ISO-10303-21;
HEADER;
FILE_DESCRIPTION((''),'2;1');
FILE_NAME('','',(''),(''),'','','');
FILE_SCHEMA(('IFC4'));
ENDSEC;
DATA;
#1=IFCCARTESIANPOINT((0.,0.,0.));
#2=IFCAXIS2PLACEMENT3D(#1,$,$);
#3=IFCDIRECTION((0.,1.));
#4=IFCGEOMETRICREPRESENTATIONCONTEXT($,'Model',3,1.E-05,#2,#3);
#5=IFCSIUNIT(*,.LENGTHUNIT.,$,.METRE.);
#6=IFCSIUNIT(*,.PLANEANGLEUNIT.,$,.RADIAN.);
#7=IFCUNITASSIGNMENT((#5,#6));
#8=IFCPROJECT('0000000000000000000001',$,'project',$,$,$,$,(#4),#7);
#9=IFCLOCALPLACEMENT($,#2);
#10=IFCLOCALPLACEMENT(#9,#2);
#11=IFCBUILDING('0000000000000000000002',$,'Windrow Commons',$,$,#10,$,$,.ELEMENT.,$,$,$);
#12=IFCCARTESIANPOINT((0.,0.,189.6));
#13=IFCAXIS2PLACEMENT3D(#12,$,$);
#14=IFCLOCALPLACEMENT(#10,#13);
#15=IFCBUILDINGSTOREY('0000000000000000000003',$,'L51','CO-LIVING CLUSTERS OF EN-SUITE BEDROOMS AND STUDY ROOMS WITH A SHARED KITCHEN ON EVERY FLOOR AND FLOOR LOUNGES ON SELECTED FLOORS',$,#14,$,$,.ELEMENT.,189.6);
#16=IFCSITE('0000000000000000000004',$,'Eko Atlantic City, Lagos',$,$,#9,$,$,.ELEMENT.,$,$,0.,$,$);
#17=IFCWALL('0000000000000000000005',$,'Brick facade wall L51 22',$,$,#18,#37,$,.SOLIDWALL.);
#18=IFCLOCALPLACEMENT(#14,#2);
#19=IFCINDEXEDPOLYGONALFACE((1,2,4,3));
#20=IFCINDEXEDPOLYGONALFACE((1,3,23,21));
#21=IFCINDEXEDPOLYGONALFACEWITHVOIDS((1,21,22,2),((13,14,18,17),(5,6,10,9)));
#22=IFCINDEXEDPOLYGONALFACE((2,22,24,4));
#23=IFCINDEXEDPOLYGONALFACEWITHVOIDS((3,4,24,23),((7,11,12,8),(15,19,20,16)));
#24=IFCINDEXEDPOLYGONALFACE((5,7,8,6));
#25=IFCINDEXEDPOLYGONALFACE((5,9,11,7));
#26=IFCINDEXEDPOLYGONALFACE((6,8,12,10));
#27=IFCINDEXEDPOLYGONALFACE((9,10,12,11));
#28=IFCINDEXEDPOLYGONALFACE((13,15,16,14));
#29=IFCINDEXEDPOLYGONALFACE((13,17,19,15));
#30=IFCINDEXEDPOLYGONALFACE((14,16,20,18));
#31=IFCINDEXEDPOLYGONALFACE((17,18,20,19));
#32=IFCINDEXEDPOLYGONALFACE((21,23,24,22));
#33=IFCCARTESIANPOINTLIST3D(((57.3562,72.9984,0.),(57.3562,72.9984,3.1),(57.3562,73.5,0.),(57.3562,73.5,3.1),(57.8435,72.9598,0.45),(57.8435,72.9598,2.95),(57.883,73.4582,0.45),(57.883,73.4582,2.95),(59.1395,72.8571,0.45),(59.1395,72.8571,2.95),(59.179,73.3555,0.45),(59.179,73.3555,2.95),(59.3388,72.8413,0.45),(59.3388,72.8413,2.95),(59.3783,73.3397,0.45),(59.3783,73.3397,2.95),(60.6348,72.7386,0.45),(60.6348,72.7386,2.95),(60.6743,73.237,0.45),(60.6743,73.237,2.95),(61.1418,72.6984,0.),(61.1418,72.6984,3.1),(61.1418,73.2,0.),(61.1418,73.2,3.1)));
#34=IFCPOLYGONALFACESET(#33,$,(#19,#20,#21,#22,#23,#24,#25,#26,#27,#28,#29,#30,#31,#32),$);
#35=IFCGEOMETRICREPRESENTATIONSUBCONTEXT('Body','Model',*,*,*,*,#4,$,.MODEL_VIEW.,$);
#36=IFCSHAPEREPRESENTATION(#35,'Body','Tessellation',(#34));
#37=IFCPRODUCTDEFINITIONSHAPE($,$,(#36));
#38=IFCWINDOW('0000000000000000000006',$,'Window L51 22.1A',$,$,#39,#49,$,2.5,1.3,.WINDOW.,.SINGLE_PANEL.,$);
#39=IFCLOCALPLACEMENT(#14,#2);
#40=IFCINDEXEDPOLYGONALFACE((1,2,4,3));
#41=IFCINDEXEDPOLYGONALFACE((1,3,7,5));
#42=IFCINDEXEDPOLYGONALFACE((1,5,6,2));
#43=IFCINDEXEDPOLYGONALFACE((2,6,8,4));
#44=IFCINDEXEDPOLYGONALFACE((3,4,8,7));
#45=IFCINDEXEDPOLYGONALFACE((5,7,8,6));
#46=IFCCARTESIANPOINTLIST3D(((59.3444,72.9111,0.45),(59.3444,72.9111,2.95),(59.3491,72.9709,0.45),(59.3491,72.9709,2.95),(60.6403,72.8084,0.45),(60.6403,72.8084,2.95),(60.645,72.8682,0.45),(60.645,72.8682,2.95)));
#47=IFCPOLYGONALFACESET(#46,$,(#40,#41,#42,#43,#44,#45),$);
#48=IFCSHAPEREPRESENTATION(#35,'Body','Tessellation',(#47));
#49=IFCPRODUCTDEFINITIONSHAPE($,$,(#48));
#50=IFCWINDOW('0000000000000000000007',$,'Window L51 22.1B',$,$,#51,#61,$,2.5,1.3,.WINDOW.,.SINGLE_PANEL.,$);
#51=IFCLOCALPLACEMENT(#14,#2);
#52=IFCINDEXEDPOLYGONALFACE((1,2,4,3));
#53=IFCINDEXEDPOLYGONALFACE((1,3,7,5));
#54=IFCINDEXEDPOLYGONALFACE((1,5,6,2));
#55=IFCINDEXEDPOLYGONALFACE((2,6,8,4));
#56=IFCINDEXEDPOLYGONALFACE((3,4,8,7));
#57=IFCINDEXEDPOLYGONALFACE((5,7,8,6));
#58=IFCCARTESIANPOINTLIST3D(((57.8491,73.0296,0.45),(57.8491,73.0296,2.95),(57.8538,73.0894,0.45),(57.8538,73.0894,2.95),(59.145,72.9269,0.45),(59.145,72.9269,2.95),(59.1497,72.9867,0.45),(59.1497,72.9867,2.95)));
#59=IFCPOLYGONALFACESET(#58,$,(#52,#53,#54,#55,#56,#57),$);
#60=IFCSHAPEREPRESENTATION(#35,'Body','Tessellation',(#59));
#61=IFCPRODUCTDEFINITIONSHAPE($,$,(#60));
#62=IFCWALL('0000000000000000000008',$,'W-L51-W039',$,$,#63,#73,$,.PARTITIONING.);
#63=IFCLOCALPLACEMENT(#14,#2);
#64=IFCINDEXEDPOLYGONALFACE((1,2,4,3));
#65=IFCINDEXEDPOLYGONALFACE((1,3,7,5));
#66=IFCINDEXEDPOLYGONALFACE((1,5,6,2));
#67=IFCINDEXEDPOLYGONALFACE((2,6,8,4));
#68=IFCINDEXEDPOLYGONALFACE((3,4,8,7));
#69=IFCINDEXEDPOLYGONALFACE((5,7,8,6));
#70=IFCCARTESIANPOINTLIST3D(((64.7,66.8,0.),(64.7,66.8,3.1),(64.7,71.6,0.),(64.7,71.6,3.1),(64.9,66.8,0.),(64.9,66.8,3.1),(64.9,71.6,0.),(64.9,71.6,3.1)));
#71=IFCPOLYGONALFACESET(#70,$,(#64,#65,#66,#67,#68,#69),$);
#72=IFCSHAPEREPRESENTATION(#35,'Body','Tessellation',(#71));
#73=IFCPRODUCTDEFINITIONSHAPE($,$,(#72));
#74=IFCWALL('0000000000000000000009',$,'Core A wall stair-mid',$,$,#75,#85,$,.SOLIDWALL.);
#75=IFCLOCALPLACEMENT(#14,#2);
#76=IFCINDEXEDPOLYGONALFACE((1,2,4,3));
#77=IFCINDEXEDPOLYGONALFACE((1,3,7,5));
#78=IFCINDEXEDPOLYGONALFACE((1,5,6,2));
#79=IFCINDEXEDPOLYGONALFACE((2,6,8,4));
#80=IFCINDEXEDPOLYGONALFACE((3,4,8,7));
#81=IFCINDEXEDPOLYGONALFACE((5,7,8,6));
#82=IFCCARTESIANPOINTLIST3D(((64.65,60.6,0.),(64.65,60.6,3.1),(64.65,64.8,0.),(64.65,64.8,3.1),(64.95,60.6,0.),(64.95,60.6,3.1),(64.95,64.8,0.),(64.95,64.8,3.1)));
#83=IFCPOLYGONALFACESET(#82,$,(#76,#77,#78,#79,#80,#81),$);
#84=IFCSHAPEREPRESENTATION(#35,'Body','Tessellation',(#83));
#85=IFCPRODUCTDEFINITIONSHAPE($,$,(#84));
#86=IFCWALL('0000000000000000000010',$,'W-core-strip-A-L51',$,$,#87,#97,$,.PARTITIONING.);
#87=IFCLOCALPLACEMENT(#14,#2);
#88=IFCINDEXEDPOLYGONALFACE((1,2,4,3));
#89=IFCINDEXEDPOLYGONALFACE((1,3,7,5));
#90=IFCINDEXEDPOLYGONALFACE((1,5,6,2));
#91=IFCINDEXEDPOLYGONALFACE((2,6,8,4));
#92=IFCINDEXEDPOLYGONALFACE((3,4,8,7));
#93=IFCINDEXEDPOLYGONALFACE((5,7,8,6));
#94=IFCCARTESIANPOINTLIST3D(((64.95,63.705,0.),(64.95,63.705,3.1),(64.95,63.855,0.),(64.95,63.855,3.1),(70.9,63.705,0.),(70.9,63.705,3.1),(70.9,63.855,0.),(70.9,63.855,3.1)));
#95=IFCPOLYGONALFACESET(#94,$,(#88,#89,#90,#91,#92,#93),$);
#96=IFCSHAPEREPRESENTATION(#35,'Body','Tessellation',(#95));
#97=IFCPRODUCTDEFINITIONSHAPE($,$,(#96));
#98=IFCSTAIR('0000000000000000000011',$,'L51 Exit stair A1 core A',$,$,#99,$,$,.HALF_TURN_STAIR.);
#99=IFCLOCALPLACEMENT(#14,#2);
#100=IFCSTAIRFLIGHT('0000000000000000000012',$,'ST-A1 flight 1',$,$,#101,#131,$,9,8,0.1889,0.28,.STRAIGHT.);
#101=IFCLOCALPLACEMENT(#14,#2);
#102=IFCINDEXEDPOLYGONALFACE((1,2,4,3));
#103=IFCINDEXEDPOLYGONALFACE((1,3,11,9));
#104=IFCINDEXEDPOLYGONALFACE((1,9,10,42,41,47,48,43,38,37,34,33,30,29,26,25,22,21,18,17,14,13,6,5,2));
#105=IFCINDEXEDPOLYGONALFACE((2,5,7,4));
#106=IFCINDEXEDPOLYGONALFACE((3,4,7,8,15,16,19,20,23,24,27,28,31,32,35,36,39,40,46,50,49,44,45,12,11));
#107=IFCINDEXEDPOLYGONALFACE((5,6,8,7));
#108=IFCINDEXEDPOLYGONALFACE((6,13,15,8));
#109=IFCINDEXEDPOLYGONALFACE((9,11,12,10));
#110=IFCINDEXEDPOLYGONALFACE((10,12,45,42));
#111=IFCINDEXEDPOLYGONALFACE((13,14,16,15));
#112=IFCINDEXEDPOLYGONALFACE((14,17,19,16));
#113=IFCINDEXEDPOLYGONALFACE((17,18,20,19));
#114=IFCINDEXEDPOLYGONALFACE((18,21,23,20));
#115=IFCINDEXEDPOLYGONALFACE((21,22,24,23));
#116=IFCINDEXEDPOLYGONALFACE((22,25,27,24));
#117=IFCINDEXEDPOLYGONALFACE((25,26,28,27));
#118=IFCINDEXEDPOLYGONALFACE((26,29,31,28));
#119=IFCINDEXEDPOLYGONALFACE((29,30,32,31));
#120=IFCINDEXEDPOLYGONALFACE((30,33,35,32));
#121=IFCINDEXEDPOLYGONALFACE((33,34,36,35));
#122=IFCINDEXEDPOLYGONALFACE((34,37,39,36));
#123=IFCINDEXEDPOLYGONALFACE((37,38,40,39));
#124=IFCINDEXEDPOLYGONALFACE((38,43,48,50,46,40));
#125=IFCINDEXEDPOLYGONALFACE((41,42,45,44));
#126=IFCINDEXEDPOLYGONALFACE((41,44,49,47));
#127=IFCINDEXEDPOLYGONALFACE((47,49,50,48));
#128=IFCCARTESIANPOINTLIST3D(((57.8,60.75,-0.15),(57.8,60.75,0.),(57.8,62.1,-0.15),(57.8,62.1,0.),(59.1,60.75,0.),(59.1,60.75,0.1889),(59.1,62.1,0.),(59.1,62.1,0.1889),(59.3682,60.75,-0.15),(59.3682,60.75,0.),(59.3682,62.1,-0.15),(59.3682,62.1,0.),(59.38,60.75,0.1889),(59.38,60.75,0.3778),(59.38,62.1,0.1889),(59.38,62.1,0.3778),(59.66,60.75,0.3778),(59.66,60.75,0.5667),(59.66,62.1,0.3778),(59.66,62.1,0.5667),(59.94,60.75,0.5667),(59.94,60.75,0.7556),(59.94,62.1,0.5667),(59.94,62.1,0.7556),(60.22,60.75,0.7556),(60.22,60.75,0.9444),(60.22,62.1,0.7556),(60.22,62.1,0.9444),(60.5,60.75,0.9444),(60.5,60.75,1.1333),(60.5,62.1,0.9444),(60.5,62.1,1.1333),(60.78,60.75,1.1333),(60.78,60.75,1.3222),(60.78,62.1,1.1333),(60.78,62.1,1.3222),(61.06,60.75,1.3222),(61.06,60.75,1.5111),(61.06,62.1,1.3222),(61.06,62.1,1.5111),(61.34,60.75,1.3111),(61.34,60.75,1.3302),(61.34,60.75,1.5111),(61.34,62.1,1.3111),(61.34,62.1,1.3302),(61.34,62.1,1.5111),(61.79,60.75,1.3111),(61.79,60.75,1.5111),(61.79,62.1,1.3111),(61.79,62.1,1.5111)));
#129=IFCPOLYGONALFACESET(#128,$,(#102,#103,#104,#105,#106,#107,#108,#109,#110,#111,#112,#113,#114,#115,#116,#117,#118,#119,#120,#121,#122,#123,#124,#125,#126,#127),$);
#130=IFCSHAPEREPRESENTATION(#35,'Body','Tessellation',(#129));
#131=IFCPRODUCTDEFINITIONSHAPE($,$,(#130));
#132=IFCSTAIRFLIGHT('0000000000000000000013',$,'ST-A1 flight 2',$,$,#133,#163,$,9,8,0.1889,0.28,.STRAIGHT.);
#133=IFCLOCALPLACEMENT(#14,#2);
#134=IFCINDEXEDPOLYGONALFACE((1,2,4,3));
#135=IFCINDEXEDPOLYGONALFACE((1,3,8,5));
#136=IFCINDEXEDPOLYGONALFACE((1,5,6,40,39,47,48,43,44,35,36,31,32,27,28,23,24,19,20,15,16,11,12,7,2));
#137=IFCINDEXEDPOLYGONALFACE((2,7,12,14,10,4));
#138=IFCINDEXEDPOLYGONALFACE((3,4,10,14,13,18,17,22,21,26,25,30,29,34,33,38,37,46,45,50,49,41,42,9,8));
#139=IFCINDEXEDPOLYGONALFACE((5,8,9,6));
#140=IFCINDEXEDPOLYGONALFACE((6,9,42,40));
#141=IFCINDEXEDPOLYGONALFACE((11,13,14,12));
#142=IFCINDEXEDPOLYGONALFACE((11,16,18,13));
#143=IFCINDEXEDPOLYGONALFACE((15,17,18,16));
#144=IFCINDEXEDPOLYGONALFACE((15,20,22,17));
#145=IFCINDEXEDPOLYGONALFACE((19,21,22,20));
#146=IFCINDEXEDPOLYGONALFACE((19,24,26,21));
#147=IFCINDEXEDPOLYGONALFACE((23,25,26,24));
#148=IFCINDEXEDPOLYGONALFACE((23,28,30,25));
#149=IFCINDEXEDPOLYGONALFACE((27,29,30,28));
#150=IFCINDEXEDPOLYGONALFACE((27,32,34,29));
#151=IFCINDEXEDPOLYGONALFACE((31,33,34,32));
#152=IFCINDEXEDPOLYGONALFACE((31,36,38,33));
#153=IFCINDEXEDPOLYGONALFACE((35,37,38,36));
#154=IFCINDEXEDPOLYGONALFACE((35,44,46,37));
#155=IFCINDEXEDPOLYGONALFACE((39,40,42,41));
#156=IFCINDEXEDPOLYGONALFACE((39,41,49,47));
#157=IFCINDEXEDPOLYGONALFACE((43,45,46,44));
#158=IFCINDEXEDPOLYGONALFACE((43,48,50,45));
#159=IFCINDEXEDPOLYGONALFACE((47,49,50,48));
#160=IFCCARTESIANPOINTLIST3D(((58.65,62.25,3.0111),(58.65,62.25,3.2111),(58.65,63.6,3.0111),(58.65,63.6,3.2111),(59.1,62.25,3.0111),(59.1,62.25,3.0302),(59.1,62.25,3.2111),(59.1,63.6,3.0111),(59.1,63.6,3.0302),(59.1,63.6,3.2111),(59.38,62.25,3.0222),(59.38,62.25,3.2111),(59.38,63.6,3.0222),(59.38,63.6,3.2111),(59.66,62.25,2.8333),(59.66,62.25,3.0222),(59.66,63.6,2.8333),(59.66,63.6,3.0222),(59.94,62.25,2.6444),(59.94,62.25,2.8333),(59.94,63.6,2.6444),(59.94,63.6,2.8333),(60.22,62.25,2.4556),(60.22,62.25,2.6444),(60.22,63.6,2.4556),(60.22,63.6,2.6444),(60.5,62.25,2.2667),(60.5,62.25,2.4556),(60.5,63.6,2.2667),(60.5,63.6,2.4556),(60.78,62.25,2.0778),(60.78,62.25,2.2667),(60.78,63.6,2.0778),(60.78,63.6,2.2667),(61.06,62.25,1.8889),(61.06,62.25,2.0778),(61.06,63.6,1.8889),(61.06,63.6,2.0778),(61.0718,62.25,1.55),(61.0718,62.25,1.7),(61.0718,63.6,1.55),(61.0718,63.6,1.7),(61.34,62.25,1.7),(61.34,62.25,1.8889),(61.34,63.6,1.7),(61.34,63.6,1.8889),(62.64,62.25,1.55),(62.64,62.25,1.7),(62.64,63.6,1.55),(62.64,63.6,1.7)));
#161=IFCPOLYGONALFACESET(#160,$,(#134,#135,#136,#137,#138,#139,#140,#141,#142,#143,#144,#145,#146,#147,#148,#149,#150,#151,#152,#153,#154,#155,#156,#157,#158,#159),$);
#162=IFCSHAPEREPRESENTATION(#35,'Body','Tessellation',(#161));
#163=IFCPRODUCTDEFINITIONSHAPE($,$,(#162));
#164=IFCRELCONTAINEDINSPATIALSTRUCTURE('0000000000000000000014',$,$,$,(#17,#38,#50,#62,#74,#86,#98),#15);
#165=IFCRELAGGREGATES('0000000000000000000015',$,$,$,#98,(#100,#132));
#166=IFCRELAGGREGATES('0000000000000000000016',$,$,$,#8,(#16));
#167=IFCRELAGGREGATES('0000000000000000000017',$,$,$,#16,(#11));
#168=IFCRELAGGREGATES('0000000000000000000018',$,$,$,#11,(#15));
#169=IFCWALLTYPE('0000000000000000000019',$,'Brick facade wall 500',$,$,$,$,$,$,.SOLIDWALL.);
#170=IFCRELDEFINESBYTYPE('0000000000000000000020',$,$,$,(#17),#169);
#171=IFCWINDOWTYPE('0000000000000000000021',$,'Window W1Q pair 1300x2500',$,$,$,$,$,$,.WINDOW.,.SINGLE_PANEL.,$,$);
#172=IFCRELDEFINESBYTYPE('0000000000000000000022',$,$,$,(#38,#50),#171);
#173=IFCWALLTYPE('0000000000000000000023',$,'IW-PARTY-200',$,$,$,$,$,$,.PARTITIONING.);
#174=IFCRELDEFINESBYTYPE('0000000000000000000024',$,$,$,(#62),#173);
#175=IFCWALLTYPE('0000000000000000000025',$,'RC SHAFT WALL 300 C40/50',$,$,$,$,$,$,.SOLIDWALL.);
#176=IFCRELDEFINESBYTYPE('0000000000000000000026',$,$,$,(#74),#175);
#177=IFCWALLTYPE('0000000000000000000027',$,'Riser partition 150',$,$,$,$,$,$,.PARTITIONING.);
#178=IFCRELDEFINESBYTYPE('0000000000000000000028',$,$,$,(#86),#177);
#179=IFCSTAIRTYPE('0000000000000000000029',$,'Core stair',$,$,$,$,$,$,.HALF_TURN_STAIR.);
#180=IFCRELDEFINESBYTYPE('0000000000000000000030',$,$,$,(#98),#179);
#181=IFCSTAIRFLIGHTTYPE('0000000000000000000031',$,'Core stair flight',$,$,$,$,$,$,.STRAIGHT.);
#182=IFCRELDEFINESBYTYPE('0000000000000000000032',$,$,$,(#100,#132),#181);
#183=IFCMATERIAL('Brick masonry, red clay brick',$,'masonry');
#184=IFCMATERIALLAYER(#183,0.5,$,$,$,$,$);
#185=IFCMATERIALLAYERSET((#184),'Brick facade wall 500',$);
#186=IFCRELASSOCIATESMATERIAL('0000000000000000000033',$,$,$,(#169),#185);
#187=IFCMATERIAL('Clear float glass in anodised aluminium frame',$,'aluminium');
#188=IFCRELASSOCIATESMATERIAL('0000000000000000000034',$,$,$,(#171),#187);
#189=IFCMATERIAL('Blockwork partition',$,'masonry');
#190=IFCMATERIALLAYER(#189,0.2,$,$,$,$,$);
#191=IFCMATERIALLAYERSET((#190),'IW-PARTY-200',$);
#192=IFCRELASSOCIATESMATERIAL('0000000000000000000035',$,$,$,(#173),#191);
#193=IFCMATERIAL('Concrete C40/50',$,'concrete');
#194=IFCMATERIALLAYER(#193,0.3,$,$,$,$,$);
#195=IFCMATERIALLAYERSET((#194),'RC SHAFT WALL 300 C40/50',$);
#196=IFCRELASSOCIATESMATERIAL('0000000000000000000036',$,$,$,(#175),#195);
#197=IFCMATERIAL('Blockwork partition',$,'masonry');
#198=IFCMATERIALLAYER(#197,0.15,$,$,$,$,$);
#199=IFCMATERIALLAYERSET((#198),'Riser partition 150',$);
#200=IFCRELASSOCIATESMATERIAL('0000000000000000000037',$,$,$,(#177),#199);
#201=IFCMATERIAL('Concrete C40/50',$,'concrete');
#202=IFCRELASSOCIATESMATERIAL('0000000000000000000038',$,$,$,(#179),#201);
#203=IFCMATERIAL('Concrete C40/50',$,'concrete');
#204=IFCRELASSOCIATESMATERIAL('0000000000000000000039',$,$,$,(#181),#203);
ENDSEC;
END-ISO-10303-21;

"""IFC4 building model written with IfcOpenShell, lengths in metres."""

from ifc_helpers import new_model, si_unit, direction, frame, frame_2d, origin, place, context, subcontext, project, spatial, polyline, rectangle, outline, extrude, material, layer, layer_set, type_object, element, fill, aggregate, save


model = new_model("IFC4")

# Units and contexts
model_context = context("Model", 3, precision=1e-05, world=origin(), true_north=direction((0.0, 1.0)))
body_context = subcontext(model_context, "Body", "Model", "MODEL_VIEW")
ifc_project = project(units=[si_unit("LENGTHUNIT", "METRE"), si_unit("PLANEANGLEUNIT", "RADIAN")], contexts=[model_context])

# Site, building, storey
site_placement = place(None, origin())
site = spatial("IfcSite", under=ifc_project, at=site_placement, Name="Eko Atlantic City, Lagos", CompositionType="ELEMENT", RefElevation=0.0)
building_placement = place(site_placement, origin())
building = spatial("IfcBuilding", under=site, at=building_placement, Name="Windrow Commons", CompositionType="ELEMENT")
storey_placement = place(building_placement, frame((0.0, 0.0, 189.6)))
storey = spatial("IfcBuildingStorey", under=building, at=storey_placement, Name="L51", Description="CO-LIVING CLUSTERS OF EN-SUITE BEDROOMS AND STUDY ROOMS WITH A SHARED KITCHEN ON EVERY FLOOR AND FLOOR LOUNGES ON SELECTED FLOORS", CompositionType="ELEMENT", Elevation=189.6)

# Wall, openings, windows
ifc_material_1 = material(Name="Brick masonry, red clay brick", Category="masonry")
ifc_layer_1 = layer(ifc_material_1, 0.5)
ifc_layer_set_1 = layer_set([ifc_layer_1], Name="Brick facade wall 500")
wall_type_1 = type_object("IfcWallType", Name="Brick facade wall 500", PredefinedType="SOLIDWALL", material=ifc_layer_set_1)
ifc_material_2 = material(Name="Clear float glass in anodised aluminium frame", Category="aluminium")
window_type = type_object("IfcWindowType", Name="Window W1Q pair 1300x2500", PartitioningType="SINGLE_PANEL", PredefinedType="WINDOW", material=ifc_material_2)
wall_1_placement = place(storey_placement, frame((61.1418, 72.9492, 0.0), z_axis=(0.0, 0.0, 1.0), x_axis=(-0.996875, 0.079, 0.0)))
wall_1 = element("IfcWall", 1, at=wall_1_placement, inside=storey, type_object=wall_type_1, Name="Brick facade wall L51 22", PredefinedType="SOLIDWALL", context=body_context, shape_type="SweptSolid", body=[
    extrude(outline(polyline([(0.0198, -0.25), (3.8173, -0.25), (3.7777, 0.25), (-0.0198, 0.25), (0.0198, -0.25)])), origin(), (0.0, 0.0, 1.0), 3.1),
])
opening_1_placement = place(wall_1_placement, frame((0.4888, 0.0, 0.45)))
opening_1 = element("IfcOpeningElement", 2, at=opening_1_placement, cuts=wall_1, PredefinedType="OPENING", context=body_context, shape_type="SweptSolid", body=[
    extrude(rectangle(XDim=1.3, YDim=2.5, at=frame_2d((0.65, 1.25))), frame((0.0, 0.26, 0.0), z_axis=(0.0, -1.0, 0.0), x_axis=(1.0, 0.0, 0.0)), (0.0, 0.0, 1.0), 0.52),
])
opening_2_placement = place(wall_1_placement, frame((1.9888, 0.0, 0.45)))
opening_2 = element("IfcOpeningElement", 3, at=opening_2_placement, cuts=wall_1, PredefinedType="OPENING", context=body_context, shape_type="SweptSolid", body=[
    extrude(rectangle(XDim=1.3, YDim=2.5, at=frame_2d((0.65, 1.25))), frame((0.0, 0.26, 0.0), z_axis=(0.0, -1.0, 0.0), x_axis=(1.0, 0.0, 0.0)), (0.0, 0.0, 1.0), 0.52),
])
window_1_placement = place(opening_1_placement, origin())
window_1 = element("IfcWindow", 4, at=window_1_placement, inside=storey, type_object=window_type, Name="Window L51 22.1A", OverallHeight=2.5, OverallWidth=1.3, PartitioningType="SINGLE_PANEL", PredefinedType="WINDOW", context=body_context, shape_type="SweptSolid", body=[
    extrude(rectangle(XDim=1.3, YDim=2.5, at=frame_2d((0.65, 1.25))), frame((0.0, 0.18, 0.0), z_axis=(0.0, -1.0, 0.0), x_axis=(1.0, 0.0, 0.0)), (0.0, 0.0, 1.0), 0.06),
])
fill(opening_1, window_1)
window_2_placement = place(opening_2_placement, origin())
window_2 = element("IfcWindow", 5, at=window_2_placement, inside=storey, type_object=window_type, Name="Window L51 22.1B", OverallHeight=2.5, OverallWidth=1.3, PartitioningType="SINGLE_PANEL", PredefinedType="WINDOW", context=body_context, shape_type="SweptSolid", body=[
    extrude(rectangle(XDim=1.3, YDim=2.5, at=frame_2d((0.65, 1.25))), frame((0.0, 0.18, 0.0), z_axis=(0.0, -1.0, 0.0), x_axis=(1.0, 0.0, 0.0)), (0.0, 0.0, 1.0), 0.06),
])
fill(opening_2, window_2)

# Walls
ifc_material_3 = material(Name="Blockwork partition", Category="masonry")
ifc_layer_2 = layer(ifc_material_3, 0.2)
ifc_layer_set_2 = layer_set([ifc_layer_2], Name="IW-PARTY-200")
wall_type_2 = type_object("IfcWallType", Name="IW-PARTY-200", PredefinedType="PARTITIONING", material=ifc_layer_set_2)
wall_2_placement = place(storey_placement, frame((64.8, 66.8, 0.0), z_axis=(0.0, 0.0, 1.0), x_axis=(0.0, 1.0, 0.0)))
element("IfcWall", 6, at=wall_2_placement, inside=storey, type_object=wall_type_2, Name="W-L51-W039", PredefinedType="PARTITIONING", context=body_context, shape_type="SweptSolid", body=[
    extrude(rectangle(XDim=4.8, YDim=0.2, at=frame_2d((2.4, 0.0))), origin(), (0.0, 0.0, 1.0), 3.1),
])
ifc_material_4 = material(Name="Concrete C40/50", Category="concrete")
ifc_layer_3 = layer(ifc_material_4, 0.3)
ifc_layer_set_3 = layer_set([ifc_layer_3], Name="RC SHAFT WALL 300 C40/50")
wall_type_3 = type_object("IfcWallType", Name="RC SHAFT WALL 300 C40/50", PredefinedType="SOLIDWALL", material=ifc_layer_set_3)
wall_3_placement = place(storey_placement, frame((64.8, 60.6, 0.0), z_axis=(0.0, 0.0, 1.0), x_axis=(0.0, 1.0, 0.0)))
element("IfcWall", 7, at=wall_3_placement, inside=storey, type_object=wall_type_3, Name="Core A wall stair-mid", PredefinedType="SOLIDWALL", context=body_context, shape_type="SweptSolid", body=[
    extrude(rectangle(XDim=4.2, YDim=0.3, at=frame_2d((2.1, 0.0))), origin(), (0.0, 0.0, 1.0), 3.1),
])
ifc_material_5 = material(Name="Blockwork partition", Category="masonry")
ifc_layer_4 = layer(ifc_material_5, 0.15)
ifc_layer_set_4 = layer_set([ifc_layer_4], Name="Riser partition 150")
wall_type_4 = type_object("IfcWallType", Name="Riser partition 150", PredefinedType="PARTITIONING", material=ifc_layer_set_4)
wall_4_placement = place(storey_placement, frame((64.95, 63.78, 0.0), z_axis=(0.0, 0.0, 1.0), x_axis=(1.0, 0.0, 0.0)))
element("IfcWall", 8, at=wall_4_placement, inside=storey, type_object=wall_type_4, Name="W-core-strip-A-L51", PredefinedType="PARTITIONING", context=body_context, shape_type="SweptSolid", body=[
    extrude(rectangle(XDim=5.95, YDim=0.15, at=frame_2d((2.975, 0.0))), origin(), (0.0, 0.0, 1.0), 3.1),
])

# Stair, stair flights
ifc_material_6 = material(Name="Concrete C40/50", Category="concrete")
stair_type = type_object("IfcStairType", Name="Core stair", PredefinedType="HALF_TURN_STAIR", material=ifc_material_6)
placement = place(storey_placement, origin())
stair_1 = element("IfcStair", 9, at=placement, inside=storey, type_object=stair_type, Name="L51 Exit stair A1 core A", PredefinedType="HALF_TURN_STAIR")
ifc_material_7 = material(Name="Concrete C40/50", Category="concrete")
stair_flight_type = type_object("IfcStairFlightType", Name="Core stair flight", PredefinedType="STRAIGHT", material=ifc_material_7)
stair_flight_1_placement = place(storey_placement, frame((59.1, 61.425, 0.0), z_axis=(0.0, 0.0, 1.0), x_axis=(1.0, 0.0, 0.0)))
stair_flight_1 = element("IfcStairFlight", 10, at=stair_flight_1_placement, type_object=stair_flight_type, Name="ST-A1 flight 1", NumberOfRisers=9, NumberOfTreads=8, PredefinedType="STRAIGHT", RiserHeight=0.1889, TreadLength=0.28, context=body_context, shape_type="SweptSolid", body=[
    extrude(outline(polyline([(-1.3, -0.15), (-1.3, 0.0), (0.0, 0.0), (0.0, 0.1889), (0.28, 0.1889), (0.28, 0.3778), (0.56, 0.3778), (0.56, 0.5667), (0.84, 0.5667), (0.84, 0.7556), (1.12, 0.7556), (1.12, 0.9444), (1.4, 0.9444), (1.4, 1.1333), (1.68, 1.1333), (1.68, 1.3222), (1.96, 1.3222), (1.96, 1.5111), (2.24, 1.5111), (2.69, 1.5111), (2.69, 1.3111), (2.24, 1.3111), (2.24, 1.3302), (0.2682, 0.0), (0.2682, -0.15), (-1.3, -0.15)])), frame((0.0, 0.675, 0.0), z_axis=(0.0, -1.0, 0.0), x_axis=(1.0, 0.0, 0.0)), (0.0, 0.0, 1.0), 1.35),
])
stair_flight_2_placement = place(storey_placement, frame((61.34, 62.925, 1.7), z_axis=(0.0, 0.0, 1.0), x_axis=(-1.0, 0.0, 0.0)))
stair_flight_2 = element("IfcStairFlight", 11, at=stair_flight_2_placement, type_object=stair_flight_type, Name="ST-A1 flight 2", NumberOfRisers=9, NumberOfTreads=8, PredefinedType="STRAIGHT", RiserHeight=0.1889, TreadLength=0.28, context=body_context, shape_type="SweptSolid", body=[
    extrude(outline(polyline([(-1.3, -0.15), (-1.3, 0.0), (0.0, 0.0), (0.0, 0.1889), (0.28, 0.1889), (0.28, 0.3778), (0.56, 0.3778), (0.56, 0.5667), (0.84, 0.5667), (0.84, 0.7556), (1.12, 0.7556), (1.12, 0.9444), (1.4, 0.9444), (1.4, 1.1333), (1.68, 1.1333), (1.68, 1.3222), (1.96, 1.3222), (1.96, 1.5111), (2.24, 1.5111), (2.69, 1.5111), (2.69, 1.3111), (2.24, 1.3111), (2.24, 1.3302), (0.2682, 0.0), (0.2682, -0.15), (-1.3, -0.15)])), frame((0.0, 0.675, 0.0), z_axis=(0.0, -1.0, 0.0), x_axis=(1.0, 0.0, 0.0)), (0.0, 0.0, 1.0), 1.35),
])
aggregate(stair_1, [stair_flight_1, stair_flight_2])

save(model, "model.ifc")
